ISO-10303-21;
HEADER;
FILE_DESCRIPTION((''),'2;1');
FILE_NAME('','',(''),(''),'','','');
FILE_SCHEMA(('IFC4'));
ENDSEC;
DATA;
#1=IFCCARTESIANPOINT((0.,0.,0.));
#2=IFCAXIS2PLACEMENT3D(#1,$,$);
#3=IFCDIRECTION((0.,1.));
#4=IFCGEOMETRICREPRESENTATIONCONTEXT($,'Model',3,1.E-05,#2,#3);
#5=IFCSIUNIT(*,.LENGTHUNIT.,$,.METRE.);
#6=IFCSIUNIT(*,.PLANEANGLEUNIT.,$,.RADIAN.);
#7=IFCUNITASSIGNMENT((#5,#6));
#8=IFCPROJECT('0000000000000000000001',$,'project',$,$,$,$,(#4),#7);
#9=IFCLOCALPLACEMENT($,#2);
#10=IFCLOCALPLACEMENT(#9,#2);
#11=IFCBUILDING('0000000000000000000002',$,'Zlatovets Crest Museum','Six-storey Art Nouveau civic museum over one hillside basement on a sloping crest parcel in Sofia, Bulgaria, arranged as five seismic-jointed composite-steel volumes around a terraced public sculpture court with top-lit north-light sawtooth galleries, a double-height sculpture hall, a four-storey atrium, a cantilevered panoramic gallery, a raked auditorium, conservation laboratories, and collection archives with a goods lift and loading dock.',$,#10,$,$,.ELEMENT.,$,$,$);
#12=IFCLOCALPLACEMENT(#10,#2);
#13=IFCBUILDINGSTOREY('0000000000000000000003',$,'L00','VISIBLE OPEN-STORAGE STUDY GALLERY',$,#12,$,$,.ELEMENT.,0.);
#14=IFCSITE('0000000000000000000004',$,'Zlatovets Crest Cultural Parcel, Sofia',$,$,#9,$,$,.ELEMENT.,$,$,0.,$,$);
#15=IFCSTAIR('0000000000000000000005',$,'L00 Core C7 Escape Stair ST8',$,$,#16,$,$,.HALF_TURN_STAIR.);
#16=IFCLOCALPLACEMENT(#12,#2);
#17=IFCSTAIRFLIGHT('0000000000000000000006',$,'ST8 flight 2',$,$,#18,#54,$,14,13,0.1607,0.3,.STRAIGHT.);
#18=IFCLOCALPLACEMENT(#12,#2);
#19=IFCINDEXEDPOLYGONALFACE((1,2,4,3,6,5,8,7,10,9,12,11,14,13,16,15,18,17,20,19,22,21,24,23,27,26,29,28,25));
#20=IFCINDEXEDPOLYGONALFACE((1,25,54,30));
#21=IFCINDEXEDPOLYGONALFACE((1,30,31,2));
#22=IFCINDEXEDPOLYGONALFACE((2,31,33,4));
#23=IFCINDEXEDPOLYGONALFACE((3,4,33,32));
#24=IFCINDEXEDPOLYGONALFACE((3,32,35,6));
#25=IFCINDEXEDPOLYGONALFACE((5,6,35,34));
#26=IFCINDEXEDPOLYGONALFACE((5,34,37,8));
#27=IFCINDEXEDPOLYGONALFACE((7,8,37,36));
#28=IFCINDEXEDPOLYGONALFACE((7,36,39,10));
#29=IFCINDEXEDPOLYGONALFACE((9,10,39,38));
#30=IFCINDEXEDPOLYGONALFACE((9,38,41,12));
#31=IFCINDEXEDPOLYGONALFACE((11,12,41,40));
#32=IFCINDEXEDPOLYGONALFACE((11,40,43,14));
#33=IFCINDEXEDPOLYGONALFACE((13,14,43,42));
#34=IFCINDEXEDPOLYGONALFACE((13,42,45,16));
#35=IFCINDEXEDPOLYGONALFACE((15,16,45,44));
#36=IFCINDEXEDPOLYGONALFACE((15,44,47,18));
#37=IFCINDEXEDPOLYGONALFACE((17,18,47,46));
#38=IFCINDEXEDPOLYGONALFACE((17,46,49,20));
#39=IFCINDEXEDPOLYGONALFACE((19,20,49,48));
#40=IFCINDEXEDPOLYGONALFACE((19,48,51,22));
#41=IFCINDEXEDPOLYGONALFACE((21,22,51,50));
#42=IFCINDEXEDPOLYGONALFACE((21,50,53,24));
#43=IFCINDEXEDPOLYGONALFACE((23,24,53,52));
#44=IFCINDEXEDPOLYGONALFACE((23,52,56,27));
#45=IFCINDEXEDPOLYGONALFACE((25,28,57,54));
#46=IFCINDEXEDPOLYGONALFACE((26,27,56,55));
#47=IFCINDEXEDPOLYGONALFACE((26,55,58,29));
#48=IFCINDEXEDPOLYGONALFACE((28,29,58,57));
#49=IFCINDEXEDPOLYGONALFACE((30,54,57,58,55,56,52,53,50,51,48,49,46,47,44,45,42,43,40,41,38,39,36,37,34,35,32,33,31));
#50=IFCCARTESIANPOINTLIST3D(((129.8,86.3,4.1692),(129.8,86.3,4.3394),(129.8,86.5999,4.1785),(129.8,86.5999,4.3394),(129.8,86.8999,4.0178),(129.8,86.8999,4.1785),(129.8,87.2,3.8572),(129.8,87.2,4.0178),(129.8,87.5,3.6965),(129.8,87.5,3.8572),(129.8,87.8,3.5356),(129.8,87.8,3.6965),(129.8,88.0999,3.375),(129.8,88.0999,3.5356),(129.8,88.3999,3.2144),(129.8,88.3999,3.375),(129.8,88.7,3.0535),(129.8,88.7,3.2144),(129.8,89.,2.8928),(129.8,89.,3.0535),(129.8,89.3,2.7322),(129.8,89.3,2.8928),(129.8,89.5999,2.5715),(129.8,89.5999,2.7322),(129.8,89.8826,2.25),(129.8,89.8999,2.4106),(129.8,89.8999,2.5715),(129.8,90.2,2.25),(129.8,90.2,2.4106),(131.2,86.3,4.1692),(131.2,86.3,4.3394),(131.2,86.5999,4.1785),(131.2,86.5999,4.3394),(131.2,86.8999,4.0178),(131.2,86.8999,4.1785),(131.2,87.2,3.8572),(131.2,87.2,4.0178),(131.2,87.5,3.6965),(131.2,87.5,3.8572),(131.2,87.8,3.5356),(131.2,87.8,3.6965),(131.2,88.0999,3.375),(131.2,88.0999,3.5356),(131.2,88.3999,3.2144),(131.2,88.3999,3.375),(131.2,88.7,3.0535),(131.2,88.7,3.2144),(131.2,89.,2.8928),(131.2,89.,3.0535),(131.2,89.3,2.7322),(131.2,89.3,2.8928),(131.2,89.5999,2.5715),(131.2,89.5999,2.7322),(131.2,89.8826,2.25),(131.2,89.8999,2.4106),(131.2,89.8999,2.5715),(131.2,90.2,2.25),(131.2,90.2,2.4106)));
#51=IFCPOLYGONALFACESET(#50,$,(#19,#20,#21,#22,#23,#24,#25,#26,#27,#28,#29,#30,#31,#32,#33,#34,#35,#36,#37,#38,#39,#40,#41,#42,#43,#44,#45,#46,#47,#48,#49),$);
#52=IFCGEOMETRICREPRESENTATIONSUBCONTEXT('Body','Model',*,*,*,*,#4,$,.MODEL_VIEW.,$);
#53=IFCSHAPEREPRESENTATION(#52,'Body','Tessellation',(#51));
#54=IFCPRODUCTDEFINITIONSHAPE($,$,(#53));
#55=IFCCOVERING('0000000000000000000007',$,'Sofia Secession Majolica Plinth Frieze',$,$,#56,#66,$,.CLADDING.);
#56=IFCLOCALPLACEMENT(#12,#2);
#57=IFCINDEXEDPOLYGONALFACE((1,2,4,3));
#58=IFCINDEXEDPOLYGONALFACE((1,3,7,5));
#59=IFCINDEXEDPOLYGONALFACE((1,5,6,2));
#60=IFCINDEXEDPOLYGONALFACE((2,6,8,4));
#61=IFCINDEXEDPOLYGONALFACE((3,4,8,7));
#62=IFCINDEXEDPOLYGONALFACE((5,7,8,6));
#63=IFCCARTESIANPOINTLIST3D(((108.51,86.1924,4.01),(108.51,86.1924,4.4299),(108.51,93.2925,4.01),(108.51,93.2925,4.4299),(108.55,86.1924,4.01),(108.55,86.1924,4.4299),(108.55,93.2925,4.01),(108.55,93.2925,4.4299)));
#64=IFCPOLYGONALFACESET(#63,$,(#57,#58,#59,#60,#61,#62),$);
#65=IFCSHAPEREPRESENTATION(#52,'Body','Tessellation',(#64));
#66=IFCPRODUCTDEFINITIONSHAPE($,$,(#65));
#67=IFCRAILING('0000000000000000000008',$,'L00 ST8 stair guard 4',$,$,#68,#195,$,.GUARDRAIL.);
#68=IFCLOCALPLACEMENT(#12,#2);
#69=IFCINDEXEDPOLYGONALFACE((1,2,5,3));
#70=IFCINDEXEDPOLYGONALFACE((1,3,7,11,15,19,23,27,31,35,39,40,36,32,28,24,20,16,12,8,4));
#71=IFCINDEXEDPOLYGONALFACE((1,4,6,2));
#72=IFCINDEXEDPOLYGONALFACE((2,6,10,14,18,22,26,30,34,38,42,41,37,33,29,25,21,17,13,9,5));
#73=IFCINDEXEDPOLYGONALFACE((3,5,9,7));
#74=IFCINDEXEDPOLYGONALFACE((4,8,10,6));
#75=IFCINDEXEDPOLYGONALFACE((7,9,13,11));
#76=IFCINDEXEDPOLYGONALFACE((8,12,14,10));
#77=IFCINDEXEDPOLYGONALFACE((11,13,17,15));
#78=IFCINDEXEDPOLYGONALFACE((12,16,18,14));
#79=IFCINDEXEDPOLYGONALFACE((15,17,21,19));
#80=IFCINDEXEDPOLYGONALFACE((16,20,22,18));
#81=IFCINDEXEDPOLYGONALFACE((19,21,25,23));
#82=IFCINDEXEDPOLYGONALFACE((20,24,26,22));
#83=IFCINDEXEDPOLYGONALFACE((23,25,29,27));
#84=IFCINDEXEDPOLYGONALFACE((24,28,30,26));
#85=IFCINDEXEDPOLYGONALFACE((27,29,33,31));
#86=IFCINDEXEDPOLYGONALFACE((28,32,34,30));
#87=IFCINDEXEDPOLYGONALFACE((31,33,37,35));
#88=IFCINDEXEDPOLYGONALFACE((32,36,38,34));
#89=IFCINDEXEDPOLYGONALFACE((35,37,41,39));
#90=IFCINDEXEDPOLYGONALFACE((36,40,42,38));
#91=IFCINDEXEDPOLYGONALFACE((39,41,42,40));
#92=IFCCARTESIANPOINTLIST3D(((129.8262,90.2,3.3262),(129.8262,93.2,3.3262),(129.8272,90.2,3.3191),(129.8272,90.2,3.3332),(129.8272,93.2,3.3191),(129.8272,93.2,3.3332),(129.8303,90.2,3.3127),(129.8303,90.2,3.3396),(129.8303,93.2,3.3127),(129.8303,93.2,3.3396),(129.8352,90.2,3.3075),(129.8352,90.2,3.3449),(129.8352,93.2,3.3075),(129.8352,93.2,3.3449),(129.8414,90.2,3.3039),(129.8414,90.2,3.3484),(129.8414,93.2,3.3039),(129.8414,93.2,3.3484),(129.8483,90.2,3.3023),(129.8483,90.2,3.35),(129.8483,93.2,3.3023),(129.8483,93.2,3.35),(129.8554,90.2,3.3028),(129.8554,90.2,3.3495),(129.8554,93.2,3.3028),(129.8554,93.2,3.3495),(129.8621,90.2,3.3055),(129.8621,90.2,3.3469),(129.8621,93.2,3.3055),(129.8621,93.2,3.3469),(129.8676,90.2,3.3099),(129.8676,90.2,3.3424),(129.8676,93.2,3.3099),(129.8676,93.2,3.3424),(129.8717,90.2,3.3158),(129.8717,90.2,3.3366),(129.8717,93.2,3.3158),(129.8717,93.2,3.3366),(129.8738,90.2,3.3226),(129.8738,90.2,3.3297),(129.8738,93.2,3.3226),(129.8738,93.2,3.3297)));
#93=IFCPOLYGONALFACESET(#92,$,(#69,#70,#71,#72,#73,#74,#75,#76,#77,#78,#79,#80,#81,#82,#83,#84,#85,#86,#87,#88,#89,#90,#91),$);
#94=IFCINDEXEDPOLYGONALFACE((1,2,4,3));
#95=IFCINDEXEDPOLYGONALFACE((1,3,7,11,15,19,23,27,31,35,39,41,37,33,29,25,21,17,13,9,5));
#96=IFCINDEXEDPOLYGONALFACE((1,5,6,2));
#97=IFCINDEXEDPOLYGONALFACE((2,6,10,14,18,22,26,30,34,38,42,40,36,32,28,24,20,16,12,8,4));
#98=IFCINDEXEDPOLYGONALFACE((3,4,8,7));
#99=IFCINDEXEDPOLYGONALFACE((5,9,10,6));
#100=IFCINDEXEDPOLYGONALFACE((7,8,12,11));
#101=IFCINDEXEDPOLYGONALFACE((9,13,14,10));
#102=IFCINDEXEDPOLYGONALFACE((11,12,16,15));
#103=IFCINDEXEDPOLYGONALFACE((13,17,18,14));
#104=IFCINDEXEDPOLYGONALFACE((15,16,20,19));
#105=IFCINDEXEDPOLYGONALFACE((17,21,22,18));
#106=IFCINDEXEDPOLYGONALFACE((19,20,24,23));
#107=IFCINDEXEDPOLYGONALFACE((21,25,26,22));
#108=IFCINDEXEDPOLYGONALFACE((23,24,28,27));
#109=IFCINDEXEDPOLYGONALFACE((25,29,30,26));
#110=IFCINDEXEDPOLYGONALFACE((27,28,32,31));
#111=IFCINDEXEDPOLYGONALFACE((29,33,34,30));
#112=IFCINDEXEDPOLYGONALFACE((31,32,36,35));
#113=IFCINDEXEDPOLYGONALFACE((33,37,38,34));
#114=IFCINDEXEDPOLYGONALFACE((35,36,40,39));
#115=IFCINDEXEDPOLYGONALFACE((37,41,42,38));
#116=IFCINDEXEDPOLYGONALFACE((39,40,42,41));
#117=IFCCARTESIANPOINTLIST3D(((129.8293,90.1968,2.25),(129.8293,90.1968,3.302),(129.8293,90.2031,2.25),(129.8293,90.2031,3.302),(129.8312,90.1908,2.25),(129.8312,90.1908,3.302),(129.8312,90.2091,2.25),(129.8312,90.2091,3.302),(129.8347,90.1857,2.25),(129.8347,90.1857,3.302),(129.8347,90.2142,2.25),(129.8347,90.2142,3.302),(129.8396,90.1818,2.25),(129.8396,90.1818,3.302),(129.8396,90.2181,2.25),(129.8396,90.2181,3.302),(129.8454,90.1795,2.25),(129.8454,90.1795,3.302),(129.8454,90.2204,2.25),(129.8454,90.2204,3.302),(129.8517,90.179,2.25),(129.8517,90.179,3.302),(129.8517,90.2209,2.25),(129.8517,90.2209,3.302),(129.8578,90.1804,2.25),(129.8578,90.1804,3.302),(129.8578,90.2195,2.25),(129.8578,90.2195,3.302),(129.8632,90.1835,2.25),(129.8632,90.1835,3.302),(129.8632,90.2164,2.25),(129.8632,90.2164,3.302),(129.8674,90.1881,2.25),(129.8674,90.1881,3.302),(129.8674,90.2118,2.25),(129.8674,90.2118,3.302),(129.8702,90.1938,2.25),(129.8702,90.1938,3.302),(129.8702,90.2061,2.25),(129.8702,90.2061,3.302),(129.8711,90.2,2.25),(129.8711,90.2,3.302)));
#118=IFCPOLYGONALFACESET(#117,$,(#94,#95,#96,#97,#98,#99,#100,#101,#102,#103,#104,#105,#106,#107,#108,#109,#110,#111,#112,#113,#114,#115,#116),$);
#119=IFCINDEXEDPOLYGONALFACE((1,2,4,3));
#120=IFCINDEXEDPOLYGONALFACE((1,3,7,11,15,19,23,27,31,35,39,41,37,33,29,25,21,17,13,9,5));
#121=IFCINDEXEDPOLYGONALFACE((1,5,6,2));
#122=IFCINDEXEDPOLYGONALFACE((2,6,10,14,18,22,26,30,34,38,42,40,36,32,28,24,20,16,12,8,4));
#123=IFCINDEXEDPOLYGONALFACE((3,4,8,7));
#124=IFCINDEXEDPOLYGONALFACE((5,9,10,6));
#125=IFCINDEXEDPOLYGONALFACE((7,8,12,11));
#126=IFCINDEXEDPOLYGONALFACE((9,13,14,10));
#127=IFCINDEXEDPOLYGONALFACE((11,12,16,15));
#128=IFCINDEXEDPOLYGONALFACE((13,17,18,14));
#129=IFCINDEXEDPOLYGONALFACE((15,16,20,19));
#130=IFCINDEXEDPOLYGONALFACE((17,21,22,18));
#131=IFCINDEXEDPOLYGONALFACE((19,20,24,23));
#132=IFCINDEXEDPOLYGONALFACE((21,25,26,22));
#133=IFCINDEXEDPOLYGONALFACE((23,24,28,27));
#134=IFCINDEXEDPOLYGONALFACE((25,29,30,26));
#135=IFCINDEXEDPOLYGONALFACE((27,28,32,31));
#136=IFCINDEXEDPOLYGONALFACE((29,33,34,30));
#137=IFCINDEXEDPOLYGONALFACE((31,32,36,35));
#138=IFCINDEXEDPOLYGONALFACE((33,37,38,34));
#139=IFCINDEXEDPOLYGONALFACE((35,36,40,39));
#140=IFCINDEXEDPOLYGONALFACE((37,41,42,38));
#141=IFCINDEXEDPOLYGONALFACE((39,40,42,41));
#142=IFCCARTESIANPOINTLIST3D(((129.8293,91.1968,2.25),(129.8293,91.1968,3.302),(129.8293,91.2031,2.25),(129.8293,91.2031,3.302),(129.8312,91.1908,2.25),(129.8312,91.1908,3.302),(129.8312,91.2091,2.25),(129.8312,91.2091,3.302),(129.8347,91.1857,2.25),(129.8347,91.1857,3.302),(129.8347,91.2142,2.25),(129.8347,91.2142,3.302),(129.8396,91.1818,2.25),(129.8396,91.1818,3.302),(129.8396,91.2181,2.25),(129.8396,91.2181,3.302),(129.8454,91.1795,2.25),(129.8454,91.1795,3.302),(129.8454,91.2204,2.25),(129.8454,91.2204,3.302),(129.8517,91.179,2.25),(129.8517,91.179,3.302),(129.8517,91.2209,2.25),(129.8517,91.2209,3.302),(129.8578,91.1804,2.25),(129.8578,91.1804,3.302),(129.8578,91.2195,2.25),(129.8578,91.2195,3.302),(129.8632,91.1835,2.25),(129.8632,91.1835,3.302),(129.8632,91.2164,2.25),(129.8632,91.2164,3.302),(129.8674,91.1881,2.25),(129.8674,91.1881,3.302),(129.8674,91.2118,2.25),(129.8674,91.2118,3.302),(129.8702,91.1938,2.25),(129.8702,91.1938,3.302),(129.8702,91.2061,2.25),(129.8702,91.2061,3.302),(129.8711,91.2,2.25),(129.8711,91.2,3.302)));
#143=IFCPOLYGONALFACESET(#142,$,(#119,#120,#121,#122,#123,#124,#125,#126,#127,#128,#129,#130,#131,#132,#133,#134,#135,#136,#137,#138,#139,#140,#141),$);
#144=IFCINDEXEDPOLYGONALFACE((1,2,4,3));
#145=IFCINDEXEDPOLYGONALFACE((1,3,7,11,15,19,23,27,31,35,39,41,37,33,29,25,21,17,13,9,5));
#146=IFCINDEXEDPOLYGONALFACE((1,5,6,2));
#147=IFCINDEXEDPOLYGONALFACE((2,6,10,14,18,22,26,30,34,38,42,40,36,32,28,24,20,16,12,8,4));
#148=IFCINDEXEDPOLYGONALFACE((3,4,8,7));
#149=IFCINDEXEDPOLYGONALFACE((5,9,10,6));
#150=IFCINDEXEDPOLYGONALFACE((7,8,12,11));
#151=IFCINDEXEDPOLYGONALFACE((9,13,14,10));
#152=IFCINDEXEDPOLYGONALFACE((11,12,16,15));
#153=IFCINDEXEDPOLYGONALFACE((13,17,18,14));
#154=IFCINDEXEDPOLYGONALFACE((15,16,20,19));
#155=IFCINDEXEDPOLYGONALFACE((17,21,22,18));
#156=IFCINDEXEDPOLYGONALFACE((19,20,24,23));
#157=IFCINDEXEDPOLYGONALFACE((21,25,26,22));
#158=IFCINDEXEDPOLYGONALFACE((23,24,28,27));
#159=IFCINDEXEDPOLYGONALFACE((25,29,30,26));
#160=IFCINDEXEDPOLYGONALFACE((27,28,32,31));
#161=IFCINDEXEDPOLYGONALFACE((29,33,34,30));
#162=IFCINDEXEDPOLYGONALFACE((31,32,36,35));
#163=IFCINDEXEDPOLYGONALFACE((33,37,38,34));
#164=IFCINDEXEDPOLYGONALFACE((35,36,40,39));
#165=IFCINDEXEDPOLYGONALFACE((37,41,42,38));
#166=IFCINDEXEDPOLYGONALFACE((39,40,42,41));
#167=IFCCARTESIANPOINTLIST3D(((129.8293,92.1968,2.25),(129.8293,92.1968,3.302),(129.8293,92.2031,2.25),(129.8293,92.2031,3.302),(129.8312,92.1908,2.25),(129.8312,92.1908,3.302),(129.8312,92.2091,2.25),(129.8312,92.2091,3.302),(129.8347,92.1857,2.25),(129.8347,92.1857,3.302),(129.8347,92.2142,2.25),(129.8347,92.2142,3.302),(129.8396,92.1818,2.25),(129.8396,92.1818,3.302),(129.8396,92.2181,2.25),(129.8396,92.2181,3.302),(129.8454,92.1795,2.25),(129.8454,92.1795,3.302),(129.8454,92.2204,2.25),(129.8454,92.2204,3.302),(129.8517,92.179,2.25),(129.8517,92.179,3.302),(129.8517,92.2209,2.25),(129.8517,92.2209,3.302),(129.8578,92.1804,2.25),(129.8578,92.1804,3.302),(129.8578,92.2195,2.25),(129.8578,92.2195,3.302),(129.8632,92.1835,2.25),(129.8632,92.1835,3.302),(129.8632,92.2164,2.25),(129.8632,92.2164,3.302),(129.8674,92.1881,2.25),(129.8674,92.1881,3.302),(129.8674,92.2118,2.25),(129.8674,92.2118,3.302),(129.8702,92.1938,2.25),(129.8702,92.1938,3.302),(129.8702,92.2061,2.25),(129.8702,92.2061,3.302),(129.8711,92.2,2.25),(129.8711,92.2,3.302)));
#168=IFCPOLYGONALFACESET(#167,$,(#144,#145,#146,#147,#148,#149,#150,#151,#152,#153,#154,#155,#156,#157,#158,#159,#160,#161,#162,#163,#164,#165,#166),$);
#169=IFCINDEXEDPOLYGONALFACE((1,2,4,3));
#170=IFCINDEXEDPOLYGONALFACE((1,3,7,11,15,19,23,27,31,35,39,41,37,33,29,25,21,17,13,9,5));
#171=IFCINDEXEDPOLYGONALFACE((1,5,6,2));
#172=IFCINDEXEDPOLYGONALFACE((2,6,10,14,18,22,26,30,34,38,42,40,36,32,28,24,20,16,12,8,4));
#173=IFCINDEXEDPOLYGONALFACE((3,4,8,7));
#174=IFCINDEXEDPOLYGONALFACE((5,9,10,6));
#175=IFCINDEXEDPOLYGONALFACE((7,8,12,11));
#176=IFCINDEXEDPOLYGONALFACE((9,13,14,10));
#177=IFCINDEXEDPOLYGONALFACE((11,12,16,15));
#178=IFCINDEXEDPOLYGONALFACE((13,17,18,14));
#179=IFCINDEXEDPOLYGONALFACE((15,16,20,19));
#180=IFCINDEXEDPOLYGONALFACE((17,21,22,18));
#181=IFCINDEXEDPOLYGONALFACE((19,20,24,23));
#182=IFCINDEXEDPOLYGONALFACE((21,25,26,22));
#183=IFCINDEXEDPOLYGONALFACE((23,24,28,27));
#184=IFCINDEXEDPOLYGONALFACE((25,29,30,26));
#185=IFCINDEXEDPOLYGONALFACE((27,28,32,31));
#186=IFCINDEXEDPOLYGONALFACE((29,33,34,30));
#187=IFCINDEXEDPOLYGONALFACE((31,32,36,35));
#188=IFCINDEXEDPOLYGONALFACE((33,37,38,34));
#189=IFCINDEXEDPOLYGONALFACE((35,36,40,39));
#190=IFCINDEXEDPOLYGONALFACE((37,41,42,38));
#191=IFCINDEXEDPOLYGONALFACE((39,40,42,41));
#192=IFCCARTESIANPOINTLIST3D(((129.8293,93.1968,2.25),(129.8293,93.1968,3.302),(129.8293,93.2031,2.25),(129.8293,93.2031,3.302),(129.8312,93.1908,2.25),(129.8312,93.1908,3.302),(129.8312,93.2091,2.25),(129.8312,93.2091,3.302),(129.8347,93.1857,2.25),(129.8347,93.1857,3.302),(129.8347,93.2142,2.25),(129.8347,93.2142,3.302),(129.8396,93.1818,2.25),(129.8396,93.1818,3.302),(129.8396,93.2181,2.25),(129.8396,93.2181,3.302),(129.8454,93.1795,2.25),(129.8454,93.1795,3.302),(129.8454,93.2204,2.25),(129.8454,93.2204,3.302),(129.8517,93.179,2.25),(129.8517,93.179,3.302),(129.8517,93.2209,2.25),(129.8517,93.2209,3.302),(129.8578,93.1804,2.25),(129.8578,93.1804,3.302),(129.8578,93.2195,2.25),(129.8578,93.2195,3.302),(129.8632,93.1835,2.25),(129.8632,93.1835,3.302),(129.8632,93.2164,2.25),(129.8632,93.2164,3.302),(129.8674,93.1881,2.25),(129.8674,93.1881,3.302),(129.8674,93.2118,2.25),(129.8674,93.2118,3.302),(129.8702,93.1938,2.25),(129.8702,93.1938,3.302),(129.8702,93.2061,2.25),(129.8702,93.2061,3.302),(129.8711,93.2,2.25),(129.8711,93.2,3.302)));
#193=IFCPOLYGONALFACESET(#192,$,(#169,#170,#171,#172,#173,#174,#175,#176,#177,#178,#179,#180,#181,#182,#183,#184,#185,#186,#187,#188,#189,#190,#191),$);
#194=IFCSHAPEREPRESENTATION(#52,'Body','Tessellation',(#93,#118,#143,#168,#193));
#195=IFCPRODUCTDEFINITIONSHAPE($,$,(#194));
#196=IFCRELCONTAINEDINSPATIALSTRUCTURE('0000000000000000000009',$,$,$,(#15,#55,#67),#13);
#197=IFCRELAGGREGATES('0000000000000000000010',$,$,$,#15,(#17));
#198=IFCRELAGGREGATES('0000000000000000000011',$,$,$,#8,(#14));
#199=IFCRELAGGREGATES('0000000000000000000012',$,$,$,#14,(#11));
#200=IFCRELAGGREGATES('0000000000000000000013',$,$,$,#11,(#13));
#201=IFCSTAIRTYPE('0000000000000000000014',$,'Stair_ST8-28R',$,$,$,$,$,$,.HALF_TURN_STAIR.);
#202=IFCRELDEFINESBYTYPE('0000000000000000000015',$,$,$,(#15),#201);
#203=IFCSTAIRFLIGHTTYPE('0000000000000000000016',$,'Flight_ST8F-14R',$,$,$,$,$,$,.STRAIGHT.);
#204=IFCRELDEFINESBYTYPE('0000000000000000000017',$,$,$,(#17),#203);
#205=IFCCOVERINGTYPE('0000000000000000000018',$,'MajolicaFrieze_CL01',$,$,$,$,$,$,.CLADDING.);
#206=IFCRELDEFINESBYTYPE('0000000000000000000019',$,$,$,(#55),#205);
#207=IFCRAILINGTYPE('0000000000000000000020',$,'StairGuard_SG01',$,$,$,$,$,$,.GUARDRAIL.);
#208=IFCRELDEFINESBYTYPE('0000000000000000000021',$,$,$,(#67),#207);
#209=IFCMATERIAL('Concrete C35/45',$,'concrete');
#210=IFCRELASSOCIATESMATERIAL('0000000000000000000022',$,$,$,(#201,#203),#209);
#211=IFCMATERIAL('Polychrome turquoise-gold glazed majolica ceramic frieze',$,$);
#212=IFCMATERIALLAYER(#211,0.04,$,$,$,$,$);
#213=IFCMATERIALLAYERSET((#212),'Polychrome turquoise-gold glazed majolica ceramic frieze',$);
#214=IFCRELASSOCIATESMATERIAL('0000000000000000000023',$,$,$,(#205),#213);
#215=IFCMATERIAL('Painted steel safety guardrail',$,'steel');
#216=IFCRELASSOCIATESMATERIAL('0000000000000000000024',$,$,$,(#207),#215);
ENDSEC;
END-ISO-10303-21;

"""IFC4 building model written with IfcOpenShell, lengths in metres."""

from ifc_helpers import new_model, si_unit, direction, frame, origin, origin_2d, place, context, subcontext, project, spatial, polyline, rectangle, circle, outline, extrude, material, layer, layer_set, type_object, element, aggregate, save


model = new_model("IFC4")

# Units and contexts
model_context = context("Model", 3, precision=1e-05, world=origin(), true_north=direction((0.0, 1.0)))
body_context = subcontext(model_context, "Body", "Model", "MODEL_VIEW")
ifc_project = project(units=[si_unit("LENGTHUNIT", "METRE"), si_unit("PLANEANGLEUNIT", "RADIAN")], contexts=[model_context])

# Site, building, storey
site_placement = place(None, origin())
site = spatial("IfcSite", under=ifc_project, at=site_placement, Name="Zlatovets Crest Cultural Parcel, Sofia", CompositionType="ELEMENT", RefElevation=0.0)
building_placement = place(site_placement, origin())
building = spatial("IfcBuilding", under=site, at=building_placement, Name="Zlatovets Crest Museum", Description="Six-storey Art Nouveau civic museum over one hillside basement on a sloping crest parcel in Sofia, Bulgaria, arranged as five seismic-jointed composite-steel volumes around a terraced public sculpture court with top-lit north-light sawtooth galleries, a double-height sculpture hall, a four-storey atrium, a cantilevered panoramic gallery, a raked auditorium, conservation laboratories, and collection archives with a goods lift and loading dock.", CompositionType="ELEMENT")
storey_placement = place(building_placement, origin())
storey = spatial("IfcBuildingStorey", under=building, at=storey_placement, Name="L00", Description="VISIBLE OPEN-STORAGE STUDY GALLERY", CompositionType="ELEMENT", Elevation=0.0)

# Shared definitions
ifc_material_1 = material(Name="Concrete C35/45", Category="concrete")

# Stair, stair flight
stair_type = type_object("IfcStairType", Name="Stair_ST8-28R", PredefinedType="HALF_TURN_STAIR", material=ifc_material_1)
stair_placement = place(storey_placement, origin())
stair = element("IfcStair", 1, at=stair_placement, inside=storey, type_object=stair_type, Name="L00 Core C7 Escape Stair ST8", PredefinedType="HALF_TURN_STAIR")
stair_flight_type = type_object("IfcStairFlightType", Name="Flight_ST8F-14R", PredefinedType="STRAIGHT", material=ifc_material_1)
stair_flight_placement = place(storey_placement, frame((130.5, 90.2, 2.25), z_axis=(0.0, 0.0, 1.0), x_axis=(0.0, -1.0, 0.0)))
stair_flight = element("IfcStairFlight", 2, at=stair_flight_placement, type_object=stair_flight_type, Name="ST8 flight 2", NumberOfRisers=14, NumberOfTreads=13, PredefinedType="STRAIGHT", RiserHeight=0.1607, TreadLength=0.3, context=body_context, shape_type="SweptSolid", body=[
    extrude(outline(polyline([(0.0, 0.0), (0.0, 0.1606), (0.3, 0.1606), (0.3, 0.3215), (0.6001, 0.3215), (0.6001, 0.4822), (0.8999, 0.4822), (0.8999, 0.6428), (1.2, 0.6428), (1.2, 0.8035), (1.5, 0.8035), (1.5, 0.9644), (1.8, 0.9644), (1.8, 1.125), (2.1001, 1.125), (2.1001, 1.2856), (2.3999, 1.2856), (2.3999, 1.4465), (2.7, 1.4465), (2.7, 1.6072), (3.0, 1.6072), (3.0, 1.7678), (3.3, 1.7678), (3.3, 1.9285), (3.6001, 1.9285), (3.6001, 2.0894), (3.8999, 2.0894), (3.8999, 2.25), (3.8999, 1.9192), (0.3174, 0.0), (0.0, 0.0)])), frame((0.0, 0.7, 0.0), z_axis=(0.0, -1.0, 0.0), x_axis=(1.0, 0.0, 0.0)), (0.0, 0.0, 1.0), 1.3999),
])
aggregate(stair, [stair_flight])

# Covering
ifc_material_2 = material(Name="Polychrome turquoise-gold glazed majolica ceramic frieze")
ifc_layer_1 = layer(ifc_material_2, 0.04)
ifc_layer_set_1 = layer_set([ifc_layer_1], Name="Polychrome turquoise-gold glazed majolica ceramic frieze")
covering_type = type_object("IfcCoveringType", Name="MajolicaFrieze_CL01", PredefinedType="CLADDING", material=ifc_layer_set_1)
covering_placement = place(storey_placement, frame((108.53, 89.7424, 4.01), z_axis=(0.0, 0.0, 1.0), x_axis=(0.0, 1.0, 0.0)))
element("IfcCovering", 3, at=covering_placement, inside=storey, type_object=covering_type, Name="Sofia Secession Majolica Plinth Frieze", PredefinedType="CLADDING", context=body_context, shape_type="SweptSolid", body=[
    extrude(rectangle(XDim=7.1001, YDim=0.04, at=origin_2d()), origin(), (0.0, 0.0, 1.0), 0.4199),
])

# Railing
ifc_material_3 = material(Name="Painted steel safety guardrail", Category="steel")
railing_type_1 = type_object("IfcRailingType", Name="StairGuard_SG01", PredefinedType="GUARDRAIL", material=ifc_material_3)
railing_1_placement = place(storey_placement, frame((129.8501, 90.2, 2.25)))
element("IfcRailing", 4, at=railing_1_placement, inside=storey, type_object=railing_type_1, Name="L00 ST8 stair guard 4", PredefinedType="GUARDRAIL", context=body_context, shape_type="SweptSolid", body=[
    extrude(circle(Radius=0.0239, at=origin_2d()), frame((0.0, 0.0, 1.0762), z_axis=(0.0, 1.0, 0.0), x_axis=(-1.0, 0.0, 0.0)), (0.0, 0.0, 1.0), 3.0),
    extrude(circle(Radius=0.021, at=origin_2d()), origin(), (0.0, 0.0, 1.0), 1.052),
    extrude(circle(Radius=0.021, at=origin_2d()), frame((0.0, 1.0, 0.0)), (0.0, 0.0, 1.0), 1.052),
    extrude(circle(Radius=0.021, at=origin_2d()), frame((0.0, 2.0, 0.0)), (0.0, 0.0, 1.0), 1.052),
    extrude(circle(Radius=0.021, at=origin_2d()), frame((0.0, 3.0, 0.0)), (0.0, 0.0, 1.0), 1.052),
])

save(model, "model.ifc")
